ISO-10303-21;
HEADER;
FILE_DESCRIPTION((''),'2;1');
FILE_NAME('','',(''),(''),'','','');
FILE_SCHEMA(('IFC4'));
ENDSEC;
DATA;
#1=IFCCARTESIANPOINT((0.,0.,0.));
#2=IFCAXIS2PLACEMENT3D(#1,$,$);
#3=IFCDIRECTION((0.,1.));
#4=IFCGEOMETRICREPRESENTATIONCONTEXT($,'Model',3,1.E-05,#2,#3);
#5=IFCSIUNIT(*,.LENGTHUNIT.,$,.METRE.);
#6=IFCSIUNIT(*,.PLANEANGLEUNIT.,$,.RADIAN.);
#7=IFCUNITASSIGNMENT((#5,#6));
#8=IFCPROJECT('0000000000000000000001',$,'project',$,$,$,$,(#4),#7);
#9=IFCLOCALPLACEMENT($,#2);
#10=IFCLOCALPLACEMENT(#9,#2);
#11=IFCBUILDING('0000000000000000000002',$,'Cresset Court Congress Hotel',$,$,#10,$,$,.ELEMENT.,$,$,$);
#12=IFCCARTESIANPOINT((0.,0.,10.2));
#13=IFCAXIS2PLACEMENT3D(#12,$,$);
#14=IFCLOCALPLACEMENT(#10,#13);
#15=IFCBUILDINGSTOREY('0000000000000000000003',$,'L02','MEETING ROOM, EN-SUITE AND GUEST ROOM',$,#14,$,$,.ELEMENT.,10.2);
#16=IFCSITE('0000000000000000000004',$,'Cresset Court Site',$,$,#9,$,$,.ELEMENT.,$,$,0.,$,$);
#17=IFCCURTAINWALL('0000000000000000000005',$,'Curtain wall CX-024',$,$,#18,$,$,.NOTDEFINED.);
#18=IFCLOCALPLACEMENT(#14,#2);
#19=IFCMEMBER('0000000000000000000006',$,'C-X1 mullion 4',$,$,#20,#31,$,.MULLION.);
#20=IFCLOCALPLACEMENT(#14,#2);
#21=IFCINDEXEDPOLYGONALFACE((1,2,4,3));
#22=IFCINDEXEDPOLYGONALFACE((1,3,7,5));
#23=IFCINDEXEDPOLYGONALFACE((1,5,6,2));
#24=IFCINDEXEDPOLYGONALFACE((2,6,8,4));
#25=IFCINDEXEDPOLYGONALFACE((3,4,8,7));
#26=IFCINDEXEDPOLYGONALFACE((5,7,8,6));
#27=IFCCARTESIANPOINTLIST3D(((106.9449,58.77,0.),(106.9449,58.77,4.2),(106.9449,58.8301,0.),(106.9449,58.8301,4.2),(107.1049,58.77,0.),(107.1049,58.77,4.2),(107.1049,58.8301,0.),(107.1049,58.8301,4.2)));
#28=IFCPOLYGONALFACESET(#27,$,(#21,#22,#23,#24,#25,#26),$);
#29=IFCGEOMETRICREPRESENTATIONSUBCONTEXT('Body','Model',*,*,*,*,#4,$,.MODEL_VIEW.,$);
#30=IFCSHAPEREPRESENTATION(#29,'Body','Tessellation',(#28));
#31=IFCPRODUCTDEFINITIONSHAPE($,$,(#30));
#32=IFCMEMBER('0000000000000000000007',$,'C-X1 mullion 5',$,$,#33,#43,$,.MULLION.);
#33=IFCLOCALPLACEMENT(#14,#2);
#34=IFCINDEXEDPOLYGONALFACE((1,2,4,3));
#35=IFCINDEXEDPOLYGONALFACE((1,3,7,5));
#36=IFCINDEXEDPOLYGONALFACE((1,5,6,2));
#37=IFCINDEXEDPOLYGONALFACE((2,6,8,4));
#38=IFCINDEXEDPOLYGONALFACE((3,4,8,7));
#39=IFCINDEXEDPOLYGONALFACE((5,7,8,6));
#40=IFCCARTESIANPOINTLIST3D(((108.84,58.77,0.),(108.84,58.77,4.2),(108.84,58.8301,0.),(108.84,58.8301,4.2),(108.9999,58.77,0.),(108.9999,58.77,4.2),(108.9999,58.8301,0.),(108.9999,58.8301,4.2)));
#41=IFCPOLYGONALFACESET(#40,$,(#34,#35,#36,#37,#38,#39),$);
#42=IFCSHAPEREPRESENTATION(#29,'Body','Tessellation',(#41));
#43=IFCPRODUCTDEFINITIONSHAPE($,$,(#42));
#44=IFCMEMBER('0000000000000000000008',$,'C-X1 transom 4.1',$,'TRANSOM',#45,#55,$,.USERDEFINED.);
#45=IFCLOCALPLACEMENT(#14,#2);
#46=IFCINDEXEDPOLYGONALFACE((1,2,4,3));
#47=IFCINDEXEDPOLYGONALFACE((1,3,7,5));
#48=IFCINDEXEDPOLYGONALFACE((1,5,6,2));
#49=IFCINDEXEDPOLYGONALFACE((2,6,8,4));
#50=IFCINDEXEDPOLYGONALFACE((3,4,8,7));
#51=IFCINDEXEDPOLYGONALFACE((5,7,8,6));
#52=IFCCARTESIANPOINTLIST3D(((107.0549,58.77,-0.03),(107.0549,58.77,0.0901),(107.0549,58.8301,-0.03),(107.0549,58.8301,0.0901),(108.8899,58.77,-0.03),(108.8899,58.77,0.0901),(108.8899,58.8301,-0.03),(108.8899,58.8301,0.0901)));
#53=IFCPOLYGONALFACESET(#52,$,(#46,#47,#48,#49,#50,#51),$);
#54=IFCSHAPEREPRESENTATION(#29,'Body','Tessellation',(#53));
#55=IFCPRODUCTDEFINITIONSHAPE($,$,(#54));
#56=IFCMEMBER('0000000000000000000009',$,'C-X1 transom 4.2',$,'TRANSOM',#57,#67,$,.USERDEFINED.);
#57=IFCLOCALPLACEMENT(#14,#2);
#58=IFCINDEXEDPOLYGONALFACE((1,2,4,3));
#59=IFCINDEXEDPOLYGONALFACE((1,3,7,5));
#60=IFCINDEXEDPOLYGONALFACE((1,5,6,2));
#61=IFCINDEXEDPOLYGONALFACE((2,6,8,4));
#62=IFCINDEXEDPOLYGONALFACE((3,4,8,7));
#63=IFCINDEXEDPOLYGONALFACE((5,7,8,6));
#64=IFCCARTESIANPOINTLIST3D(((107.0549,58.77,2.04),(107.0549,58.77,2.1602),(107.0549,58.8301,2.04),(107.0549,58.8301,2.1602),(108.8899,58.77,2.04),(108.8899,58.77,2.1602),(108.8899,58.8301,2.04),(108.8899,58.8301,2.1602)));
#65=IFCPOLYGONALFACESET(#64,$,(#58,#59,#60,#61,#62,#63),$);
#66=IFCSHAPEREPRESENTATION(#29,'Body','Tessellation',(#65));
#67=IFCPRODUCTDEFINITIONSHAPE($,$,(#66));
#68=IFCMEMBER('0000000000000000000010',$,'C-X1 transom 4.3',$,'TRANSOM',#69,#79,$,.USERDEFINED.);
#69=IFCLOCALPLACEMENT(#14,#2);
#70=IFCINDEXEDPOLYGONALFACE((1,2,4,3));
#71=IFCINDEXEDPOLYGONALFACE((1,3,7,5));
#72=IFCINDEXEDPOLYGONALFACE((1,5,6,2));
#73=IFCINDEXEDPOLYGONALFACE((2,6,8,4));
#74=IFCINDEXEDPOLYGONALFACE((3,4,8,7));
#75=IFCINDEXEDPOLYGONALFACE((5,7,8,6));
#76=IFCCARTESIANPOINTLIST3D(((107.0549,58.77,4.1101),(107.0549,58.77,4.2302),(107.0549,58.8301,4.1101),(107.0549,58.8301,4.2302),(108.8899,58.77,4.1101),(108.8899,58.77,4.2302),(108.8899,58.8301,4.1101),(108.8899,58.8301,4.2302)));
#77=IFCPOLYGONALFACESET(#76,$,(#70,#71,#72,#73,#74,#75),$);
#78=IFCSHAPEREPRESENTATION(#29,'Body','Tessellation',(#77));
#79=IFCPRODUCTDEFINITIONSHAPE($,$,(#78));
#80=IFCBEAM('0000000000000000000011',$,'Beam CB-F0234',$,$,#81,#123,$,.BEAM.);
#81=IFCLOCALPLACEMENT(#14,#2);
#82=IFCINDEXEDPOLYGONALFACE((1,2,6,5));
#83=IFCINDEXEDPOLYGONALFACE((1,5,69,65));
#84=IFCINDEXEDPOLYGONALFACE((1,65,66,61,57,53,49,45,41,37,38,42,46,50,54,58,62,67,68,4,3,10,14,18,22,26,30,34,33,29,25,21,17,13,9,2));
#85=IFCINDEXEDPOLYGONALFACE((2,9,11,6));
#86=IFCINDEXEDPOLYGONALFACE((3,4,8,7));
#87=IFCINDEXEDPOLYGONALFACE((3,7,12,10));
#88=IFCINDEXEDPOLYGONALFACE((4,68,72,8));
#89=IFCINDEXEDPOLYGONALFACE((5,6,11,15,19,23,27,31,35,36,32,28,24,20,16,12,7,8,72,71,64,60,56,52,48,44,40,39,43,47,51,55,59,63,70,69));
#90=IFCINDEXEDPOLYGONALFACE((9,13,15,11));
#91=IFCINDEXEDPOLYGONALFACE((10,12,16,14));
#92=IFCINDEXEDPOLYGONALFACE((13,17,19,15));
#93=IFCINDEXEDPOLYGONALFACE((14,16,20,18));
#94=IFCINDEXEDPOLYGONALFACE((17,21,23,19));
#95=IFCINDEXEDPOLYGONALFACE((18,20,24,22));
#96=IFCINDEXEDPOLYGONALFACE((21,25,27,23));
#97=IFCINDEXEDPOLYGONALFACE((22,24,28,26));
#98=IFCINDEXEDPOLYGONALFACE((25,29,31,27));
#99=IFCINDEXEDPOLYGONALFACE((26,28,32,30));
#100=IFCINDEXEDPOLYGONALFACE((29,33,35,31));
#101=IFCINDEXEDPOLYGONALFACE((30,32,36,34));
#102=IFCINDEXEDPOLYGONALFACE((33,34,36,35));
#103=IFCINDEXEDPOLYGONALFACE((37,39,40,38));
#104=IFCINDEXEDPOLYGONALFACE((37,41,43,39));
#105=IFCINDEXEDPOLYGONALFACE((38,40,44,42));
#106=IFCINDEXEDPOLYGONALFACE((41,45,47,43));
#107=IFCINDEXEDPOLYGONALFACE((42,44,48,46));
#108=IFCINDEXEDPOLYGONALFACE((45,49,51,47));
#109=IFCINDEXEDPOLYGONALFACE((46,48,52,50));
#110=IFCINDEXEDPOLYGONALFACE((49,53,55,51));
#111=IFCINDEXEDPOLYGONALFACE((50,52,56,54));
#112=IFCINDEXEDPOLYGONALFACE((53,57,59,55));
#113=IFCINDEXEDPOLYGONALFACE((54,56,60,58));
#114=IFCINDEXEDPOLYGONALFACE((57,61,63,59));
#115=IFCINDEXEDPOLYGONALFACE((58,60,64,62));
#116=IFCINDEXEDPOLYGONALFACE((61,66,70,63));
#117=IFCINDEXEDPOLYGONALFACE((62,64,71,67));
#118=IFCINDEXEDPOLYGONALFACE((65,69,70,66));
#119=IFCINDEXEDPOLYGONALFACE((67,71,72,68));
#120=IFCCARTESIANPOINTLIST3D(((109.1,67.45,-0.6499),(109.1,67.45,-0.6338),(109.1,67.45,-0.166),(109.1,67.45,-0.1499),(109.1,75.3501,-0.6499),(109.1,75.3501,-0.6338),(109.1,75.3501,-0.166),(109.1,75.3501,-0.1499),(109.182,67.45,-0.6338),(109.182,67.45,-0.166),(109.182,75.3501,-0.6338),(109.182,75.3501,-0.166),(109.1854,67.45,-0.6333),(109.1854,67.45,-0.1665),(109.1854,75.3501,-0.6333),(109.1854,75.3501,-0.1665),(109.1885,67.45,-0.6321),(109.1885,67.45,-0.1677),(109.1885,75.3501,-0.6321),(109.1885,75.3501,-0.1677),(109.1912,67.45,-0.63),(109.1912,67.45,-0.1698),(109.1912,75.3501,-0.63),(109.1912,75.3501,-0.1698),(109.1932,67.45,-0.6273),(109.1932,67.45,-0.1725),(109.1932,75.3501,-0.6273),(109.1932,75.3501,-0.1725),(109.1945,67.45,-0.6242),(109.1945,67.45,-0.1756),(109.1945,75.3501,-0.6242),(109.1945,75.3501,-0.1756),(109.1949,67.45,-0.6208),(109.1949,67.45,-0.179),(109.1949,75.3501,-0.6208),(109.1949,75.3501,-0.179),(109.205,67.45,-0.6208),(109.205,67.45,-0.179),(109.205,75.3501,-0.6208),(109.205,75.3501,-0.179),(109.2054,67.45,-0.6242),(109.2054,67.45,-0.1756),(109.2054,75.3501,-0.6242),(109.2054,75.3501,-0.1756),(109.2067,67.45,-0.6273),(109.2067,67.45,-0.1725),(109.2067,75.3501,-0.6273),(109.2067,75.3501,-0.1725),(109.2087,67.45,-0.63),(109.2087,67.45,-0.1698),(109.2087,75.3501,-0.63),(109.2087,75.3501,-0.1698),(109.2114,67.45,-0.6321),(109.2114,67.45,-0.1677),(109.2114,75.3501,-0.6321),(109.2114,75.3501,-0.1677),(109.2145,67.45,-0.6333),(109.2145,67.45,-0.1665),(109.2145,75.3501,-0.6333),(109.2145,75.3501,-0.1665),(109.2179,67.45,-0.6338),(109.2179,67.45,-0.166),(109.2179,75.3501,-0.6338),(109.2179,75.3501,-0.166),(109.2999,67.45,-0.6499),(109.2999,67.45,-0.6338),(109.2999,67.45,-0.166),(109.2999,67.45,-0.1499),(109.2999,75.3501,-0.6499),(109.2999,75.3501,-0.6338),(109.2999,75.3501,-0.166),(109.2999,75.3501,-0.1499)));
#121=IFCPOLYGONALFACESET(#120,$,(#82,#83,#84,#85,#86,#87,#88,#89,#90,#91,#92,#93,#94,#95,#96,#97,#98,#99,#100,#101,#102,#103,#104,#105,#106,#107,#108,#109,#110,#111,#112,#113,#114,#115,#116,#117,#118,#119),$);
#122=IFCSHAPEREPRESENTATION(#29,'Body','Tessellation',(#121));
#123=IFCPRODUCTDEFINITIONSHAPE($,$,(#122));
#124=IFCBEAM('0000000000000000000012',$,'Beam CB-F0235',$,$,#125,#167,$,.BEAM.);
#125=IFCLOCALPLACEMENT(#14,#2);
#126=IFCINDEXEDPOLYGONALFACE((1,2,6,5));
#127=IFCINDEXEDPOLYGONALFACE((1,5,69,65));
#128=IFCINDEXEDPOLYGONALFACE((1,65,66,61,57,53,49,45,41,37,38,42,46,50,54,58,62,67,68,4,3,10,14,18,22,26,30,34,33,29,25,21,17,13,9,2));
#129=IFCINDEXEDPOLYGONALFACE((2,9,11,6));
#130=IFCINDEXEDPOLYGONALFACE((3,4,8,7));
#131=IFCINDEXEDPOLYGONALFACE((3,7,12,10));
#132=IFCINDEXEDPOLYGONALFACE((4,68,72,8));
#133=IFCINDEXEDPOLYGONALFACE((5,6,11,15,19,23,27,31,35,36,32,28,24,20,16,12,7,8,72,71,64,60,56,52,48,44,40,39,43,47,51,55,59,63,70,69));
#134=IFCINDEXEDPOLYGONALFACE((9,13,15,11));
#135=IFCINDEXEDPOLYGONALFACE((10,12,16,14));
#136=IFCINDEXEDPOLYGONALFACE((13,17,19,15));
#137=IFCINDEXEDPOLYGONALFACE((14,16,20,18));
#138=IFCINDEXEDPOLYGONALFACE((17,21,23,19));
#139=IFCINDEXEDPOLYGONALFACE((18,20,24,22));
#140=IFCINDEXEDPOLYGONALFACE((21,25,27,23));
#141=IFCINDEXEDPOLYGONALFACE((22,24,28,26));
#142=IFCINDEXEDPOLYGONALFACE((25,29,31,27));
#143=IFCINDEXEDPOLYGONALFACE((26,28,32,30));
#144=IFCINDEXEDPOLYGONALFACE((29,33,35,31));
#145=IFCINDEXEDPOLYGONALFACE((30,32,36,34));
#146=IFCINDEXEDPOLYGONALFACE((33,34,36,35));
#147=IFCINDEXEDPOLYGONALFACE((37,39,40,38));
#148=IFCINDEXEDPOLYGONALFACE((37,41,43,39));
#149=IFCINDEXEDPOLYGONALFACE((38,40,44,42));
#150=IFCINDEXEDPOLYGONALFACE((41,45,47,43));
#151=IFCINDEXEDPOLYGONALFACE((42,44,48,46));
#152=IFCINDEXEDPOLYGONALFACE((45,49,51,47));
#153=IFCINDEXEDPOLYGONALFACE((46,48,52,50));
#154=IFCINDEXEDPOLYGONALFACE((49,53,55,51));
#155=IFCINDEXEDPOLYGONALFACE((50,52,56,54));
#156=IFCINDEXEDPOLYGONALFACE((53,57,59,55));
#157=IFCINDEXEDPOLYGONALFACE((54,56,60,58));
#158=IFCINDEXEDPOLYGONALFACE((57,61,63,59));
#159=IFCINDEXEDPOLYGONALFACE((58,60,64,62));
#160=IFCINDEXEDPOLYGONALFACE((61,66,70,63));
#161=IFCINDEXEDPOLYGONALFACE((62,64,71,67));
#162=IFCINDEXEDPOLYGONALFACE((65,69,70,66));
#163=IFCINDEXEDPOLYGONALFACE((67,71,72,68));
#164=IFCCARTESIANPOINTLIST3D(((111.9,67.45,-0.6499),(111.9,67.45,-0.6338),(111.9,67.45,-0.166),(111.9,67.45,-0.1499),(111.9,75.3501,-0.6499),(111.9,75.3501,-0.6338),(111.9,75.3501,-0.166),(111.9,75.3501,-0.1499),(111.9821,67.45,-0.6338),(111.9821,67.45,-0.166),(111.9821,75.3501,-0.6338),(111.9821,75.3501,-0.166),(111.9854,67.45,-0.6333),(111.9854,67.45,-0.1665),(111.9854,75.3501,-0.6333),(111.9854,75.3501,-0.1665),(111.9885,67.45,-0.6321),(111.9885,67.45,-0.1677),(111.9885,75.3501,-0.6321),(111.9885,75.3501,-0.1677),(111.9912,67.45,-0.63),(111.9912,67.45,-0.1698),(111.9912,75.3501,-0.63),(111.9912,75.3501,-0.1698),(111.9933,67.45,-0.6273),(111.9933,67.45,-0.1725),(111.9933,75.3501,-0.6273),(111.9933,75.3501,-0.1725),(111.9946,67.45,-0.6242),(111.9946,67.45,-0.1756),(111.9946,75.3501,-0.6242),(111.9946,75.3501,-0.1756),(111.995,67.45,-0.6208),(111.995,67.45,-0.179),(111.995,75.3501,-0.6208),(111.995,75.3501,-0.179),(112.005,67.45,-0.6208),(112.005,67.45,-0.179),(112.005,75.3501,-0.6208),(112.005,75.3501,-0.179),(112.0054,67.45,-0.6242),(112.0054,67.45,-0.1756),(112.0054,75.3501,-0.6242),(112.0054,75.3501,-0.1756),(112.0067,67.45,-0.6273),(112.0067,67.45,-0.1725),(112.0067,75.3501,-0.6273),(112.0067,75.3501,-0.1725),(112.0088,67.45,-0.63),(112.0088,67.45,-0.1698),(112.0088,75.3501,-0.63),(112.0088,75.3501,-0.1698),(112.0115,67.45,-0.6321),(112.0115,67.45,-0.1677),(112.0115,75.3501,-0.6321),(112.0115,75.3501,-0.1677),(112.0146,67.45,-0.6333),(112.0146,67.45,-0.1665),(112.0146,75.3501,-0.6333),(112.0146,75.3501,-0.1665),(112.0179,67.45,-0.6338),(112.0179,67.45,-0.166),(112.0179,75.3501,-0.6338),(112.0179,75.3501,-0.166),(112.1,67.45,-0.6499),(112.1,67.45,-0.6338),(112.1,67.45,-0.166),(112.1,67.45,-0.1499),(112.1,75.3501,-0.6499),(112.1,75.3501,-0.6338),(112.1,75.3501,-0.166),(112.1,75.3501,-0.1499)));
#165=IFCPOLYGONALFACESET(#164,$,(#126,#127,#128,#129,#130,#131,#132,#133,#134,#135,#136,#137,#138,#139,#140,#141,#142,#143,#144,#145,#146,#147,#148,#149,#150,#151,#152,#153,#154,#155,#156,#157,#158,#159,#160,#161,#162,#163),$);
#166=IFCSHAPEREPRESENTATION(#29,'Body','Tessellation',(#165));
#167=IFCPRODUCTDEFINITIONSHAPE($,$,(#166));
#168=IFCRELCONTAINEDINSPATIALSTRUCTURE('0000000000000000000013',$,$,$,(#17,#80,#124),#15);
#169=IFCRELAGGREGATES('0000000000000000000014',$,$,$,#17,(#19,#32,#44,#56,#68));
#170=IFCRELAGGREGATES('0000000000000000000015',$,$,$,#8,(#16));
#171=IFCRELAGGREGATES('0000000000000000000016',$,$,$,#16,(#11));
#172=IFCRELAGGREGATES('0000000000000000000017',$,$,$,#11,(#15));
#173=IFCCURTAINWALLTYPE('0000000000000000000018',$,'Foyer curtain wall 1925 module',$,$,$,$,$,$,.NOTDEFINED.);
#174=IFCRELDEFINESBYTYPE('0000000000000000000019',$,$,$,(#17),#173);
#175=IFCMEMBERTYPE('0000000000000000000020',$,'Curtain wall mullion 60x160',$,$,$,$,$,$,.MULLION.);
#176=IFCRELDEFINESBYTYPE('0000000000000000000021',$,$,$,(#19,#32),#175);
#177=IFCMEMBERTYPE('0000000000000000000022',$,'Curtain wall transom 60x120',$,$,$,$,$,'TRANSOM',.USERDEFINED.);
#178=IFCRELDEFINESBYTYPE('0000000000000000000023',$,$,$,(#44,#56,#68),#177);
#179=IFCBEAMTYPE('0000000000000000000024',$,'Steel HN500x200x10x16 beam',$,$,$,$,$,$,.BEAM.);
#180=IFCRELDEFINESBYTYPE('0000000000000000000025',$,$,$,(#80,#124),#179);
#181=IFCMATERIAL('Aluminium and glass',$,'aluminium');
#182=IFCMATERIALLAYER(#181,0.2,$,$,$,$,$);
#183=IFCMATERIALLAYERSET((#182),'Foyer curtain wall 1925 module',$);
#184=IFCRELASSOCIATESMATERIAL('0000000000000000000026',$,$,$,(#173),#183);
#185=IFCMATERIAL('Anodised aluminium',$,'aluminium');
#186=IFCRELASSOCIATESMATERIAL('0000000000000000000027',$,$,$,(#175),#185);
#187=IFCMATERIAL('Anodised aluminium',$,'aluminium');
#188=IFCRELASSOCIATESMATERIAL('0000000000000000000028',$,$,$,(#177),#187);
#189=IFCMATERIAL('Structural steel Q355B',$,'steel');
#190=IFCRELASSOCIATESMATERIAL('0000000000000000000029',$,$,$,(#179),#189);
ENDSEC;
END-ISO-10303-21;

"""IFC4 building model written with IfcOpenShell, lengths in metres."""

from ifc_helpers import new_model, si_unit, direction, frame, origin, origin_2d, place, context, subcontext, project, spatial, rectangle, i_section, extrude, material, layer, layer_set, material_profile, profile_set, type_object, element, aggregate, save


model = new_model("IFC4")

# Units and contexts
model_context = context("Model", 3, precision=1e-05, world=origin(), true_north=direction((0.0, 1.0)))
body_context = subcontext(model_context, "Body", "Model", "MODEL_VIEW")
ifc_project = project(units=[si_unit("LENGTHUNIT", "METRE"), si_unit("PLANEANGLEUNIT", "RADIAN")], contexts=[model_context])

# Site, building, storey
site_placement = place(None, origin())
site = spatial("IfcSite", under=ifc_project, at=site_placement, Name="Cresset Court Site", CompositionType="ELEMENT", RefElevation=0.0)
building_placement = place(site_placement, origin())
building = spatial("IfcBuilding", under=site, at=building_placement, Name="Cresset Court Congress Hotel", CompositionType="ELEMENT")
storey_placement = place(building_placement, frame((0.0, 0.0, 10.2)))
storey = spatial("IfcBuildingStorey", under=building, at=storey_placement, Name="L02", Description="MEETING ROOM, EN-SUITE AND GUEST ROOM", CompositionType="ELEMENT", Elevation=10.2)

# Curtain wall, members
ifc_material_1 = material(Name="Aluminium and glass", Category="aluminium")
ifc_layer_1 = layer(ifc_material_1, 0.2)
ifc_layer_set_1 = layer_set([ifc_layer_1], Name="Foyer curtain wall 1925 module")
curtain_wall_type = type_object("IfcCurtainWallType", Name="Foyer curtain wall 1925 module", PredefinedType="NOTDEFINED", material=ifc_layer_set_1)
curtain_wall_placement = place(storey_placement, origin())
curtain_wall = element("IfcCurtainWall", 1, at=curtain_wall_placement, inside=storey, type_object=curtain_wall_type, Name="Curtain wall CX-024", PredefinedType="NOTDEFINED")
ifc_material_2 = material(Name="Anodised aluminium", Category="aluminium")
ifc_material_profile_1 = material_profile(ifc_material_2, rectangle(XDim=0.0601, YDim=0.1599, at=origin_2d()), Name="AL60x160")
ifc_profile_set_1 = profile_set([ifc_material_profile_1], Name="Anodised aluminium")
member_type_1 = type_object("IfcMemberType", Name="Curtain wall mullion 60x160", PredefinedType="MULLION", material=ifc_profile_set_1)
member_1_placement = place(storey_placement, frame((107.0249, 58.8, 0.0), z_axis=(0.0, 0.0, 1.0), x_axis=(0.0, 1.0, 0.0)))
member_1 = element("IfcMember", 2, at=member_1_placement, type_object=member_type_1, Name="C-X1 mullion 4", PredefinedType="MULLION", context=body_context, shape_type="SweptSolid", body=[
    extrude(rectangle(XDim=0.0601, YDim=0.1599, at=origin_2d()), origin(), (0.0, 0.0, 1.0), 4.2),
])
member_2_placement = place(storey_placement, frame((108.9199, 58.8, 0.0), z_axis=(0.0, 0.0, 1.0), x_axis=(0.0, 1.0, 0.0)))
member_2 = element("IfcMember", 3, at=member_2_placement, type_object=member_type_1, Name="C-X1 mullion 5", PredefinedType="MULLION", context=body_context, shape_type="SweptSolid", body=[
    extrude(rectangle(XDim=0.0601, YDim=0.1599, at=origin_2d()), origin(), (0.0, 0.0, 1.0), 4.2),
])
ifc_material_3 = material(Name="Anodised aluminium", Category="aluminium")
ifc_material_profile_2 = material_profile(ifc_material_3, rectangle(XDim=0.0601, YDim=0.1201, at=origin_2d()), Name="AL60x120")
ifc_profile_set_2 = profile_set([ifc_material_profile_2], Name="Anodised aluminium")
member_type_2 = type_object("IfcMemberType", Name="Curtain wall transom 60x120", ElementType="TRANSOM", PredefinedType="USERDEFINED", material=ifc_profile_set_2)
member_3_placement = place(storey_placement, frame((107.0549, 58.8, 0.03), z_axis=(1.0, 0.0, 0.0), x_axis=(0.0, 1.0, 0.0)))
member_3 = element("IfcMember", 4, at=member_3_placement, type_object=member_type_2, Name="C-X1 transom 4.1", ObjectType="TRANSOM", PredefinedType="USERDEFINED", context=body_context, shape_type="SweptSolid", body=[
    extrude(rectangle(XDim=0.0601, YDim=0.1201, at=origin_2d()), origin(), (0.0, 0.0, 1.0), 1.835),
])
member_4_placement = place(storey_placement, frame((107.0549, 58.8, 2.1001), z_axis=(1.0, 0.0, 0.0), x_axis=(0.0, 1.0, 0.0)))
member_4 = element("IfcMember", 5, at=member_4_placement, type_object=member_type_2, Name="C-X1 transom 4.2", ObjectType="TRANSOM", PredefinedType="USERDEFINED", context=body_context, shape_type="SweptSolid", body=[
    extrude(rectangle(XDim=0.0601, YDim=0.1201, at=origin_2d()), origin(), (0.0, 0.0, 1.0), 1.835),
])
member_5_placement = place(storey_placement, frame((107.0549, 58.8, 4.1702), z_axis=(1.0, 0.0, 0.0), x_axis=(0.0, 1.0, 0.0)))
member_5 = element("IfcMember", 6, at=member_5_placement, type_object=member_type_2, Name="C-X1 transom 4.3", ObjectType="TRANSOM", PredefinedType="USERDEFINED", context=body_context, shape_type="SweptSolid", body=[
    extrude(rectangle(XDim=0.0601, YDim=0.1201, at=origin_2d()), origin(), (0.0, 0.0, 1.0), 1.835),
])

# Beams
ifc_material_4 = material(Name="Structural steel Q355B", Category="steel")
ifc_material_profile_3 = material_profile(ifc_material_4, i_section(OverallWidth=0.2, OverallDepth=0.5, WebThickness=0.01, FlangeThickness=0.0161, FilletRadius=0.0129, at=origin_2d()), Name="HN500x200x10x16")
ifc_profile_set_3 = profile_set([ifc_material_profile_3], Name="Structural steel Q355B")
beam_type = type_object("IfcBeamType", Name="Steel HN500x200x10x16 beam", PredefinedType="BEAM", material=ifc_profile_set_3)
for number, where, z_axis, x_axis, name in (
    (7, (109.2, 67.45, -0.3999), (0.0, 1.0, 0.0), (-1.0, 0.0, 0.0), "Beam CB-F0234"),
    (8, (112.0, 67.45, -0.3999), (0.0, 1.0, 0.0), (-1.0, 0.0, 0.0), "Beam CB-F0235"),
):
    element("IfcBeam", number, at=place(storey_placement, frame(where, z_axis=z_axis, x_axis=x_axis)), inside=storey, type_object=beam_type, Name=name, PredefinedType="BEAM", context=body_context, shape_type="SweptSolid", body=[
        extrude(i_section(OverallWidth=0.2, OverallDepth=0.5, WebThickness=0.01, FlangeThickness=0.0161, FilletRadius=0.0129, at=origin_2d()), origin(), (0.0, 0.0, 1.0), 7.9001),
    ])

aggregate(curtain_wall, [member_1, member_2, member_3, member_4, member_5])

save(model, "model.ifc")
